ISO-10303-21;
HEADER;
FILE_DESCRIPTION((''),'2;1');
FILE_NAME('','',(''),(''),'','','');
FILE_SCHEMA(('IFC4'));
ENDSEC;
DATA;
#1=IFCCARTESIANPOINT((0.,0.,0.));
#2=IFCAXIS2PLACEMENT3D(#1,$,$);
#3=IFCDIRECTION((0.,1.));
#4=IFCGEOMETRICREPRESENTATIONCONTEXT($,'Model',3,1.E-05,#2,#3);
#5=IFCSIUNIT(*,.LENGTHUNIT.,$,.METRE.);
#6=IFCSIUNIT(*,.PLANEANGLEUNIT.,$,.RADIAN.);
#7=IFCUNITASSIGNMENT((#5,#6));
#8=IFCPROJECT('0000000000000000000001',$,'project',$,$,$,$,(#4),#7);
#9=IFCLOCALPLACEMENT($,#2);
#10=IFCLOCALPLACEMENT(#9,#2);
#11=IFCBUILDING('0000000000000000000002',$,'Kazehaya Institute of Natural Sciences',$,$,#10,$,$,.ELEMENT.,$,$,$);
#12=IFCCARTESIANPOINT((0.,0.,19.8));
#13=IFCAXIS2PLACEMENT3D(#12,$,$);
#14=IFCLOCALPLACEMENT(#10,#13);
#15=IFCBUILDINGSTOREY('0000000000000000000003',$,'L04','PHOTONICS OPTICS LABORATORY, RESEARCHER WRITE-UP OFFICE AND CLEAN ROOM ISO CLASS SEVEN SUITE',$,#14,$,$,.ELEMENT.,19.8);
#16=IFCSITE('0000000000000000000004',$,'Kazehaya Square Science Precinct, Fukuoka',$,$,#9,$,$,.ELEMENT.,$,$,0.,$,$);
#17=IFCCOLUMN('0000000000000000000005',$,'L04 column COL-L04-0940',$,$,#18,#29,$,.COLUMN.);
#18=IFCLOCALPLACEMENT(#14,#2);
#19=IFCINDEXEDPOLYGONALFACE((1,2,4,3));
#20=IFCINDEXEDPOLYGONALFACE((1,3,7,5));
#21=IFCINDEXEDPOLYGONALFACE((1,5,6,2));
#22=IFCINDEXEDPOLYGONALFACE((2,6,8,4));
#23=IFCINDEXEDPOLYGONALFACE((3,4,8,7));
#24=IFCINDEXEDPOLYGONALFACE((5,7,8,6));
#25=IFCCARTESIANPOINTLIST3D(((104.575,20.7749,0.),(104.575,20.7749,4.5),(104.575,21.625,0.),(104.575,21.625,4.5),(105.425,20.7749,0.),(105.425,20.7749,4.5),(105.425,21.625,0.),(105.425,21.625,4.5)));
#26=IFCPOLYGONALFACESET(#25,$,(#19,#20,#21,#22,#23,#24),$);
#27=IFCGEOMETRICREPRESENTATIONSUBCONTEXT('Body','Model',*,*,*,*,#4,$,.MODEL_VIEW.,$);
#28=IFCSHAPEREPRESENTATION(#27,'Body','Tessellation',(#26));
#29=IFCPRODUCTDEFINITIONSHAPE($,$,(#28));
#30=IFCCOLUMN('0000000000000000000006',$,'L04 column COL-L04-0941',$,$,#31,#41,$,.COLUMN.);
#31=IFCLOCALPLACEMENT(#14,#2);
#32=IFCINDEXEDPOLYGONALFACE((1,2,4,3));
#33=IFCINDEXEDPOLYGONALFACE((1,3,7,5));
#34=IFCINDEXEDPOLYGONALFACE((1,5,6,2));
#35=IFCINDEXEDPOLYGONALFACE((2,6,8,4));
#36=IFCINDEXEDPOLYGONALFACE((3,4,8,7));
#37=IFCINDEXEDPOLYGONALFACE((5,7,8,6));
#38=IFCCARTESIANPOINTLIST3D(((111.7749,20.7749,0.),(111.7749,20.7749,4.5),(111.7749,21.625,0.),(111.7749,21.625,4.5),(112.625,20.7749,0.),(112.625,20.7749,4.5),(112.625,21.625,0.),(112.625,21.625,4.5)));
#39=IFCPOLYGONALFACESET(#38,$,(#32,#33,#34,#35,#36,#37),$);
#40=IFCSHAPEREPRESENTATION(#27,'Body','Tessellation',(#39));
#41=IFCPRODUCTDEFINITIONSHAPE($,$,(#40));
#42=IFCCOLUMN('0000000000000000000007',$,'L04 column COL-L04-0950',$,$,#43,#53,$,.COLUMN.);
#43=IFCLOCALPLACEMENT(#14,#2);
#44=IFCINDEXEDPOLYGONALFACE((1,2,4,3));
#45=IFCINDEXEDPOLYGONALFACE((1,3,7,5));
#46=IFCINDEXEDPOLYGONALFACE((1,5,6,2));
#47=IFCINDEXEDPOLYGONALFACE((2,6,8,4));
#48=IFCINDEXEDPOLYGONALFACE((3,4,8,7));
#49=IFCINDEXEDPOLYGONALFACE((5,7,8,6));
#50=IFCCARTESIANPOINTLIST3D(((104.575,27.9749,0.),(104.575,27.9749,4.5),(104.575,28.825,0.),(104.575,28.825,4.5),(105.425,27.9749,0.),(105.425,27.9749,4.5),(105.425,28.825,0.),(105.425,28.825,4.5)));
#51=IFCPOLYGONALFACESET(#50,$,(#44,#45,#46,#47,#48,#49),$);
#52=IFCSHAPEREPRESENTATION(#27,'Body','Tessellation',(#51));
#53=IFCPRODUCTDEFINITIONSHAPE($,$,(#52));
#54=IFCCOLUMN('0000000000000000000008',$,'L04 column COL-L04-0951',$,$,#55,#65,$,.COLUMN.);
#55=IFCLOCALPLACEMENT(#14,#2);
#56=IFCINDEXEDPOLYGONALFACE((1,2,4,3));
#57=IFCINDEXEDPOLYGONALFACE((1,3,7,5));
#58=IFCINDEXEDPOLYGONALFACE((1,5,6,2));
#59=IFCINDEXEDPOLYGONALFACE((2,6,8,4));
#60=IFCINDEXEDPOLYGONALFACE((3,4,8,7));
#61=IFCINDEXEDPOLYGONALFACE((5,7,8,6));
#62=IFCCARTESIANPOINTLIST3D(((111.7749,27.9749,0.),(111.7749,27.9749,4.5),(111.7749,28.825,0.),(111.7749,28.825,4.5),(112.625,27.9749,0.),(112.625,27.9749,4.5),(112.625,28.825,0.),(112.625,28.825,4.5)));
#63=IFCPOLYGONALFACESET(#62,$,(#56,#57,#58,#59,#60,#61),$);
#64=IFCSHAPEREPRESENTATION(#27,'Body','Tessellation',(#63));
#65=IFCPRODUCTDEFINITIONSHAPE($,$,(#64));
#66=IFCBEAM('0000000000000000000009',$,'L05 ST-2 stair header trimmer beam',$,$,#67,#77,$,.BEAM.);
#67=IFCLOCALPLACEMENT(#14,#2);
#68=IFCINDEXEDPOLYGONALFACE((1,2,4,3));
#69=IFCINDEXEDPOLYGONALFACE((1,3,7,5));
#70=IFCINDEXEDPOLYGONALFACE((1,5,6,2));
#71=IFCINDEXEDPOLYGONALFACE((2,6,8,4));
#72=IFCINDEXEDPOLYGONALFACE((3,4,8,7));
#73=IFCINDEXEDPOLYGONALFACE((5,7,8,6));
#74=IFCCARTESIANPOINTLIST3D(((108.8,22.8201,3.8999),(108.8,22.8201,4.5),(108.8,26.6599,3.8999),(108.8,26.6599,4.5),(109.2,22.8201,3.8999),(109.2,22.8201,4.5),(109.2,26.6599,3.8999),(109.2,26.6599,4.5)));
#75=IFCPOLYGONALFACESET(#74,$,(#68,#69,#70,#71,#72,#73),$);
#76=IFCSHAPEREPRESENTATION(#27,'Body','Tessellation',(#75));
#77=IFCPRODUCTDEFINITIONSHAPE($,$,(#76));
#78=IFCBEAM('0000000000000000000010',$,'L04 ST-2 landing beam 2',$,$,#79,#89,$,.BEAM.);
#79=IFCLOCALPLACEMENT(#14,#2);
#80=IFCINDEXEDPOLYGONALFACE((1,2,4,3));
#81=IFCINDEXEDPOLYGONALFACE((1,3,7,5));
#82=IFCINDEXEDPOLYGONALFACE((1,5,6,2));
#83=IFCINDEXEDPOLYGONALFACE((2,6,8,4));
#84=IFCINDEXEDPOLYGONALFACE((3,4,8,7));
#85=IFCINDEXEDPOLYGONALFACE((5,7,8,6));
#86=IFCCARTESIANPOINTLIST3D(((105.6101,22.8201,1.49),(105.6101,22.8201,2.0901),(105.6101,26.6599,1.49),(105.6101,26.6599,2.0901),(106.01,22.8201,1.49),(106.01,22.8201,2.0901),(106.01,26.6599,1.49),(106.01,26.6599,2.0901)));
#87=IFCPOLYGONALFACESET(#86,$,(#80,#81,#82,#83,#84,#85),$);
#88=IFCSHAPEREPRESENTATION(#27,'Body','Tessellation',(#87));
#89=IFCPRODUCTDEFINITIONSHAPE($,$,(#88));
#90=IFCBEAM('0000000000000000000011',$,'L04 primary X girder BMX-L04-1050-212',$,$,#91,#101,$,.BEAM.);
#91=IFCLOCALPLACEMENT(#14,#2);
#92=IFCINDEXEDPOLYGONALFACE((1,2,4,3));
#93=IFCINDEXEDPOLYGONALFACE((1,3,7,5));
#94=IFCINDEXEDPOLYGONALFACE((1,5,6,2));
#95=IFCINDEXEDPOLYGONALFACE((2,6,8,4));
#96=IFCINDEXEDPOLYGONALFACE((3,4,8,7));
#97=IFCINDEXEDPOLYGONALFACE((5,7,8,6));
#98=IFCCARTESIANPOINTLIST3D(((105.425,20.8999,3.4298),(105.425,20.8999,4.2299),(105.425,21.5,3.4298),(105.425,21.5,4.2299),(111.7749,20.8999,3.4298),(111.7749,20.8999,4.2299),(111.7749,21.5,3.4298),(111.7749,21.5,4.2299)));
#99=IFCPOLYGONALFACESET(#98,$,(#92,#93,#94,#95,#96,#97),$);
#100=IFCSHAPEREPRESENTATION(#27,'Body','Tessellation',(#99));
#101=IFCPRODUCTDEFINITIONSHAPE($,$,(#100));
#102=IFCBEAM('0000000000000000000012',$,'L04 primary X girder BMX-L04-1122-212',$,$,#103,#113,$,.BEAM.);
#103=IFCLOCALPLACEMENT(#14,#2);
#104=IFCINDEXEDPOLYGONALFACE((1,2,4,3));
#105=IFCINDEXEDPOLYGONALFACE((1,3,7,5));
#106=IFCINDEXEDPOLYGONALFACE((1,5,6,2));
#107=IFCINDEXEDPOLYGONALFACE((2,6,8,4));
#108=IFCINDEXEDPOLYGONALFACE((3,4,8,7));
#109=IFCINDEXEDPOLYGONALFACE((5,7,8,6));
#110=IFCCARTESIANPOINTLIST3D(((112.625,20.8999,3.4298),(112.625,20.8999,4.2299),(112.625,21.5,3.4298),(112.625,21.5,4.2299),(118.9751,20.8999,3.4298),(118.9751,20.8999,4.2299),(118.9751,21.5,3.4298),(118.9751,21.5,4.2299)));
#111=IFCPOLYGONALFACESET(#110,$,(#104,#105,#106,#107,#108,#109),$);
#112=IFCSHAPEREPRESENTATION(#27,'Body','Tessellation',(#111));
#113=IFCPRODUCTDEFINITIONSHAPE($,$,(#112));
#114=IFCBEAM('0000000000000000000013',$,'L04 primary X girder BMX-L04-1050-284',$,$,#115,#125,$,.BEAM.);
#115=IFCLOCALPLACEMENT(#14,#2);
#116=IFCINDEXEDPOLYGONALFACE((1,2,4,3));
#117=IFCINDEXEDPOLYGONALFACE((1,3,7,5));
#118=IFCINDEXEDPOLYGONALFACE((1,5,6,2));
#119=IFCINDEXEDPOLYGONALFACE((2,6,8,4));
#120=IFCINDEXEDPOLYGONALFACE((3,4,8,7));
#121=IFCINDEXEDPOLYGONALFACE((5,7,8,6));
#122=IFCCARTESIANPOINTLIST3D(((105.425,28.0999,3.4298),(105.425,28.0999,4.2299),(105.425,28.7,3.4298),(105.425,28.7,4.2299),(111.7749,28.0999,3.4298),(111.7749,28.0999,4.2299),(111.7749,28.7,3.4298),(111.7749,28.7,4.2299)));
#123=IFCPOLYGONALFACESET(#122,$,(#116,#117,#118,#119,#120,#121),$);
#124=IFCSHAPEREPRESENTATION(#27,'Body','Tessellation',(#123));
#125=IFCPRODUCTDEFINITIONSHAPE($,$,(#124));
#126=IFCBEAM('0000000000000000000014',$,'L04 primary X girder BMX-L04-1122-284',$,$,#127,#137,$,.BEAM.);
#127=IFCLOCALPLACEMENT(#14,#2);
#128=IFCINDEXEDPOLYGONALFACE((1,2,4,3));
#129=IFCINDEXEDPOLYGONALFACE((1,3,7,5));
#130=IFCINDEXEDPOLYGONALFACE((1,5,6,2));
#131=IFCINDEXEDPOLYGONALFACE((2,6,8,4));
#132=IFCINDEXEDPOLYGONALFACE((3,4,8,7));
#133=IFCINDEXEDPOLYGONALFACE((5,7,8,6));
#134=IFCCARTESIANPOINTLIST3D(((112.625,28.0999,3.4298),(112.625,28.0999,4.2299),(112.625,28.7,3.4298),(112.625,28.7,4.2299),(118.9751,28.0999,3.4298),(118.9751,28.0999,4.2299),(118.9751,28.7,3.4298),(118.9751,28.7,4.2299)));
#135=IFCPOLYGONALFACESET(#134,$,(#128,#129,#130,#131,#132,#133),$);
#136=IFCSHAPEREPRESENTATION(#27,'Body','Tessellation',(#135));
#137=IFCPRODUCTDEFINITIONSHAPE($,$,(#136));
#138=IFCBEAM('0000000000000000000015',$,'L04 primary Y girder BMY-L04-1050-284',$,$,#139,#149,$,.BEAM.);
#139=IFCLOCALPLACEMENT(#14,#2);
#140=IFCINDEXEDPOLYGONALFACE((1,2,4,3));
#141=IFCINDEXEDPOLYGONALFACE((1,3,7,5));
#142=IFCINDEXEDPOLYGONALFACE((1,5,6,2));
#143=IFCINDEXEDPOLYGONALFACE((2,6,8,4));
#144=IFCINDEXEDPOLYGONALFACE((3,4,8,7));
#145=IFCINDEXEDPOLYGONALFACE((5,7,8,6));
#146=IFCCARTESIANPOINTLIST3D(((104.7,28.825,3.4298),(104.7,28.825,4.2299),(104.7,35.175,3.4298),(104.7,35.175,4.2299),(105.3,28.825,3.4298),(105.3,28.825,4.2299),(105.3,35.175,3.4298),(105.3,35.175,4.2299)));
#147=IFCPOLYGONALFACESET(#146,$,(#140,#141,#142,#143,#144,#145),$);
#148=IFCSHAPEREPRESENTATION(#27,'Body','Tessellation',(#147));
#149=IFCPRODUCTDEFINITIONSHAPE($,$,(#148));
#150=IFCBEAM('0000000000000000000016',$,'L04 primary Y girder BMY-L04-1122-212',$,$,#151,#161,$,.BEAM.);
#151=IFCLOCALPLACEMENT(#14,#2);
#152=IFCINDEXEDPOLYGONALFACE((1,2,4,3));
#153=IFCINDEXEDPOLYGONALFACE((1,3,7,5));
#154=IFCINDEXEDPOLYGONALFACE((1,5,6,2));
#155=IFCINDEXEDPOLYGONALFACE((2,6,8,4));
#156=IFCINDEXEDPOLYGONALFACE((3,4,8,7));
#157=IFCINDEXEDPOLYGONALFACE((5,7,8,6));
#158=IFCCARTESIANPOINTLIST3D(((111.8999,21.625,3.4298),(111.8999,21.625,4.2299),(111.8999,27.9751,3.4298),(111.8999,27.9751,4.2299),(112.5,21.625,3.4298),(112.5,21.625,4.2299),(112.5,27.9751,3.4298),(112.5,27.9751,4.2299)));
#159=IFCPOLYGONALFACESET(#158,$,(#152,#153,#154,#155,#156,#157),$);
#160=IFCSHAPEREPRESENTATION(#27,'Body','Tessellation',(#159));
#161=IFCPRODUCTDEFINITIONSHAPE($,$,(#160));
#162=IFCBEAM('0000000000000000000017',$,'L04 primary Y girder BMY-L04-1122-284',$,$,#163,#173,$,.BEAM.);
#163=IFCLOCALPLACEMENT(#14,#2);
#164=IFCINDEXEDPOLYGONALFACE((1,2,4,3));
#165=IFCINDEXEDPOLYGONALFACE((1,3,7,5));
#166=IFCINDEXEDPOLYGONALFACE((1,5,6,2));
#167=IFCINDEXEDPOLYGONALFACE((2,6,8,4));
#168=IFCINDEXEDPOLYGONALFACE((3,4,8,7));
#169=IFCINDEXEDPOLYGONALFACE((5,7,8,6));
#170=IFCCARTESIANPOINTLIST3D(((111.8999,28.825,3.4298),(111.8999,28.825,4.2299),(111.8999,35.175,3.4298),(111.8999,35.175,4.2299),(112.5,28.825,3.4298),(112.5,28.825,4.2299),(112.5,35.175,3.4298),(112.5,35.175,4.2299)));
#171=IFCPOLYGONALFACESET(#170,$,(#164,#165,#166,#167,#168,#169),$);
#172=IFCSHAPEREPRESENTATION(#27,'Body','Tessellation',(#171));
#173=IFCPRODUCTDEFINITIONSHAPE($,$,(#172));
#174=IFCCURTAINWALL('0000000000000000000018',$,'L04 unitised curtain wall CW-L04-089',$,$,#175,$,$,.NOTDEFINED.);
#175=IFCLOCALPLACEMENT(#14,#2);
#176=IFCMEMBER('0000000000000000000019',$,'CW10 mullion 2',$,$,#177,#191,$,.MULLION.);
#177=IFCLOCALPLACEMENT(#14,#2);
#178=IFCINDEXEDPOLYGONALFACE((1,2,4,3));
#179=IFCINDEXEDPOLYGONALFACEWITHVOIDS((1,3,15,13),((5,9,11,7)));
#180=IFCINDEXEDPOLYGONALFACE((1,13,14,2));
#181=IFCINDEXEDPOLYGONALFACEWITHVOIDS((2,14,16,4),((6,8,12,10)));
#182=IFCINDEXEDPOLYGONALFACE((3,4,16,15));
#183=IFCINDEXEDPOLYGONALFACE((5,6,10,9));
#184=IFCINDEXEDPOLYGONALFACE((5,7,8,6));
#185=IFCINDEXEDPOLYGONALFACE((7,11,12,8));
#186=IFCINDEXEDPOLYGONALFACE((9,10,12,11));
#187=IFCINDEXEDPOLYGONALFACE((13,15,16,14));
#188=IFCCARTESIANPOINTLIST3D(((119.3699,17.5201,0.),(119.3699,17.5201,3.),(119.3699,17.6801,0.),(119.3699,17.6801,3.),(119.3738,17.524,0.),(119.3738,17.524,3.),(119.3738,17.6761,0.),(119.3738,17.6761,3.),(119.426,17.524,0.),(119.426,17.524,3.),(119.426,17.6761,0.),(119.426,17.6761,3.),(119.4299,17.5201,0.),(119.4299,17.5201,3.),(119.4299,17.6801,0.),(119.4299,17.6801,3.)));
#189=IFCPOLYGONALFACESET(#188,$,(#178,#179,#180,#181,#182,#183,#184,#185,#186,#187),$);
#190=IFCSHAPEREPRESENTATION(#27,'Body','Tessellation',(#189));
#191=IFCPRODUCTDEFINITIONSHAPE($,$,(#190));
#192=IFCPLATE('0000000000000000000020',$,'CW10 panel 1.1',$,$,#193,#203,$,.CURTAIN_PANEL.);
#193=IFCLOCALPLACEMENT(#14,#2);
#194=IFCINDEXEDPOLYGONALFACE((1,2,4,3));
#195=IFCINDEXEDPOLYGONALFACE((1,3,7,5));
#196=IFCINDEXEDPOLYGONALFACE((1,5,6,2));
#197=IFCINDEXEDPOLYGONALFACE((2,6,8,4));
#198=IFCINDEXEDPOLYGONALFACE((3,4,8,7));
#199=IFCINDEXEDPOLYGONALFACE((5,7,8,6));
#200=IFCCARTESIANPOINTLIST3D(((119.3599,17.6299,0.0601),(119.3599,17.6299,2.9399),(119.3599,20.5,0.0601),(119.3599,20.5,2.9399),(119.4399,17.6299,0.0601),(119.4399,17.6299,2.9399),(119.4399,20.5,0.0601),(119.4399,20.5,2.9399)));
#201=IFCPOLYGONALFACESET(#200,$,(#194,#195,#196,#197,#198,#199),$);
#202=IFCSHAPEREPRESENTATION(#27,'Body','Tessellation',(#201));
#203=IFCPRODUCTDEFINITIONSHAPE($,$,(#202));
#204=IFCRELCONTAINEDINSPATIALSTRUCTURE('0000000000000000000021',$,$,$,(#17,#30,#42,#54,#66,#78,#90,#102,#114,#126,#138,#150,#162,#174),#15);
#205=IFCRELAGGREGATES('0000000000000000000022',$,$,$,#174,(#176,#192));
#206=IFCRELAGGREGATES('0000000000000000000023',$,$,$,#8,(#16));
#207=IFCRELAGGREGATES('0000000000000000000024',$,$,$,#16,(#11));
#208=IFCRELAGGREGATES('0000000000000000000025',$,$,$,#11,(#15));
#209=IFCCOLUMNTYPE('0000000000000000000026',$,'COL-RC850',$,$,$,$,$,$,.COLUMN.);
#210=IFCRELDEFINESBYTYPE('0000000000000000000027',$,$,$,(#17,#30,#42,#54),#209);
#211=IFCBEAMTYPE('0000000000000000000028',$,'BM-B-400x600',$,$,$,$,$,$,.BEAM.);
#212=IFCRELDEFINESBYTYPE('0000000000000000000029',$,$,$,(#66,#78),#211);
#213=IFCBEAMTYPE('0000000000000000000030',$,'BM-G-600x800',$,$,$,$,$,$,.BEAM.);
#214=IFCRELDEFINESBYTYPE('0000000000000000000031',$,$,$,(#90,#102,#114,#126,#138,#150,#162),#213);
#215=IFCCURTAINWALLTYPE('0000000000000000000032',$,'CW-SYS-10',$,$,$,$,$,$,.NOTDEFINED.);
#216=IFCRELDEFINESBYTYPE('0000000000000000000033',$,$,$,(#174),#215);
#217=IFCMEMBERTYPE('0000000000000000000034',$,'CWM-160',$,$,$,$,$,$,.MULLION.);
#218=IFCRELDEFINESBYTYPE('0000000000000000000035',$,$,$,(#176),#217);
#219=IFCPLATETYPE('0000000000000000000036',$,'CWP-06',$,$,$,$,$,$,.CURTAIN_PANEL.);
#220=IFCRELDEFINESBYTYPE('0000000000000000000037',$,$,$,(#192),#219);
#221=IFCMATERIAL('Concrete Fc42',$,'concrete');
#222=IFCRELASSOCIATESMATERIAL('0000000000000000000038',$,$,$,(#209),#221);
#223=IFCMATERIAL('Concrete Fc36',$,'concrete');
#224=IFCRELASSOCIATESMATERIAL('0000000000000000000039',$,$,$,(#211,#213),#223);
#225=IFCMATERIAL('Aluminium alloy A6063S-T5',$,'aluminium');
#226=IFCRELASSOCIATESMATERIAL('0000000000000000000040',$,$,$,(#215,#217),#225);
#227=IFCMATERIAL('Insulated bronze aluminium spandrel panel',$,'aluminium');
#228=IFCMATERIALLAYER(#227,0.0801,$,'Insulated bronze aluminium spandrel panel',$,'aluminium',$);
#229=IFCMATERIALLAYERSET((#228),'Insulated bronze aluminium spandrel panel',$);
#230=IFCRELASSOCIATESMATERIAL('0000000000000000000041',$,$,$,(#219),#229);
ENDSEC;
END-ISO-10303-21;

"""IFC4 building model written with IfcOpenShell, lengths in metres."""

from ifc_helpers import new_model, si_unit, direction, frame, origin, origin_2d, place, context, subcontext, project, spatial, rectangle, hollow_rectangle, extrude, material, layer, layer_set, material_profile, profile_set, type_object, element, aggregate, save


model = new_model("IFC4")

# Units and contexts
model_context = context("Model", 3, precision=1e-05, world=origin(), true_north=direction((0.0, 1.0)))
body_context = subcontext(model_context, "Body", "Model", "MODEL_VIEW")
ifc_project = project(units=[si_unit("LENGTHUNIT", "METRE"), si_unit("PLANEANGLEUNIT", "RADIAN")], contexts=[model_context])

# Site, building, storey
site_placement = place(None, origin())
site = spatial("IfcSite", under=ifc_project, at=site_placement, Name="Kazehaya Square Science Precinct, Fukuoka", CompositionType="ELEMENT", RefElevation=0.0)
building_placement = place(site_placement, origin())
building = spatial("IfcBuilding", under=site, at=building_placement, Name="Kazehaya Institute of Natural Sciences", CompositionType="ELEMENT")
storey_placement = place(building_placement, frame((0.0, 0.0, 19.8)))
storey = spatial("IfcBuildingStorey", under=building, at=storey_placement, Name="L04", Description="PHOTONICS OPTICS LABORATORY, RESEARCHER WRITE-UP OFFICE AND CLEAN ROOM ISO CLASS SEVEN SUITE", CompositionType="ELEMENT", Elevation=19.8)

# Columns
ifc_material_1 = material(Name="Concrete Fc42", Category="concrete")
ifc_material_profile_1 = material_profile(ifc_material_1, rectangle(XDim=0.8501, YDim=0.8501, at=origin_2d()), Name="RC-850x850")
ifc_profile_set_1 = profile_set([ifc_material_profile_1], Name="Concrete Fc42")
column_type = type_object("IfcColumnType", Name="COL-RC850", PredefinedType="COLUMN", material=ifc_profile_set_1)
for number, where, z_axis, x_axis, name in (
    (1, (105.0, 21.2, 0.0), (0.0, 0.0, 1.0), (1.0, 0.0, 0.0), "L04 column COL-L04-0940"),
    (2, (112.2, 21.2, 0.0), (0.0, 0.0, 1.0), (1.0, 0.0, 0.0), "L04 column COL-L04-0941"),
    (3, (105.0, 28.3999, 0.0), (0.0, 0.0, 1.0), (1.0, 0.0, 0.0), "L04 column COL-L04-0950"),
    (4, (112.2, 28.3999, 0.0), (0.0, 0.0, 1.0), (1.0, 0.0, 0.0), "L04 column COL-L04-0951"),
):
    element("IfcColumn", number, at=place(storey_placement, frame(where, z_axis=z_axis, x_axis=x_axis)), inside=storey, type_object=column_type, Name=name, PredefinedType="COLUMN", context=body_context, shape_type="SweptSolid", body=[
        extrude(rectangle(XDim=0.8501, YDim=0.8501, at=origin_2d()), origin(), (0.0, 0.0, 1.0), 4.5),
    ])

# Beams
ifc_material_2 = material(Name="Concrete Fc36", Category="concrete")
ifc_material_profile_2 = material_profile(ifc_material_2, rectangle(XDim=0.3999, YDim=0.6001, at=origin_2d()), Name="RC-400x600")
ifc_profile_set_2 = profile_set([ifc_material_profile_2], Name="Concrete Fc36")
beam_type_1 = type_object("IfcBeamType", Name="BM-B-400x600", PredefinedType="BEAM", material=ifc_profile_set_2)
for number, where, z_axis, x_axis, name in (
    (5, (109.0, 22.8201, 4.2), (0.0, 1.0, 0.0), (-1.0, 0.0, 0.0), "L05 ST-2 stair header trimmer beam"),
    (6, (105.8101, 22.8201, 1.79), (0.0, 1.0, 0.0), (-1.0, 0.0, 0.0), "L04 ST-2 landing beam 2"),
):
    element("IfcBeam", number, at=place(storey_placement, frame(where, z_axis=z_axis, x_axis=x_axis)), inside=storey, type_object=beam_type_1, Name=name, PredefinedType="BEAM", context=body_context, shape_type="SweptSolid", body=[
        extrude(rectangle(XDim=0.3999, YDim=0.6001, at=origin_2d()), origin(), (0.0, 0.0, 1.0), 3.8398),
    ])
ifc_material_profile_3 = material_profile(ifc_material_2, rectangle(XDim=0.6001, YDim=0.8, at=origin_2d()), Name="RC-600x800")
ifc_profile_set_3 = profile_set([ifc_material_profile_3], Name="Concrete Fc36")
beam_type_2 = type_object("IfcBeamType", Name="BM-G-600x800", PredefinedType="BEAM", material=ifc_profile_set_3)
beam_1_placement = place(storey_placement, frame((105.425, 21.2, 3.8298), z_axis=(1.0, 0.0, 0.0), x_axis=(0.0, 1.0, 0.0)))
element("IfcBeam", 7, at=beam_1_placement, inside=storey, type_object=beam_type_2, Name="L04 primary X girder BMX-L04-1050-212", PredefinedType="BEAM", context=body_context, shape_type="SweptSolid", body=[
    extrude(rectangle(XDim=0.6001, YDim=0.8, at=origin_2d()), origin(), (0.0, 0.0, 1.0), 6.3499),
])
beam_2_placement = place(storey_placement, frame((112.625, 21.2, 3.8298), z_axis=(1.0, 0.0, 0.0), x_axis=(0.0, 1.0, 0.0)))
element("IfcBeam", 8, at=beam_2_placement, inside=storey, type_object=beam_type_2, Name="L04 primary X girder BMX-L04-1122-212", PredefinedType="BEAM", context=body_context, shape_type="SweptSolid", body=[
    extrude(rectangle(XDim=0.6001, YDim=0.8, at=origin_2d()), origin(), (0.0, 0.0, 1.0), 6.3501),
])
beam_3_placement = place(storey_placement, frame((105.425, 28.3999, 3.8298), z_axis=(1.0, 0.0, 0.0), x_axis=(0.0, 1.0, 0.0)))
element("IfcBeam", 9, at=beam_3_placement, inside=storey, type_object=beam_type_2, Name="L04 primary X girder BMX-L04-1050-284", PredefinedType="BEAM", context=body_context, shape_type="SweptSolid", body=[
    extrude(rectangle(XDim=0.6001, YDim=0.8, at=origin_2d()), origin(), (0.0, 0.0, 1.0), 6.3499),
])
for number, where, z_axis, x_axis, name in (
    (10, (112.625, 28.3999, 3.8298), (1.0, 0.0, 0.0), (0.0, 1.0, 0.0), "L04 primary X girder BMX-L04-1122-284"),
    (11, (105.0, 28.825, 3.8298), (0.0, 1.0, 0.0), (-1.0, 0.0, 0.0), "L04 primary Y girder BMY-L04-1050-284"),
    (12, (112.2, 21.625, 3.8298), (0.0, 1.0, 0.0), (-1.0, 0.0, 0.0), "L04 primary Y girder BMY-L04-1122-212"),
    (13, (112.2, 28.825, 3.8298), (0.0, 1.0, 0.0), (-1.0, 0.0, 0.0), "L04 primary Y girder BMY-L04-1122-284"),
):
    element("IfcBeam", number, at=place(storey_placement, frame(where, z_axis=z_axis, x_axis=x_axis)), inside=storey, type_object=beam_type_2, Name=name, PredefinedType="BEAM", context=body_context, shape_type="SweptSolid", body=[
        extrude(rectangle(XDim=0.6001, YDim=0.8, at=origin_2d()), origin(), (0.0, 0.0, 1.0), 6.3501),
    ])

# Curtain wall, member, plate
ifc_material_3 = material(Name="Aluminium alloy A6063S-T5", Category="aluminium")
curtain_wall_type = type_object("IfcCurtainWallType", Name="CW-SYS-10", PredefinedType="NOTDEFINED", material=ifc_material_3)
curtain_wall_placement = place(storey_placement, origin())
curtain_wall = element("IfcCurtainWall", 14, at=curtain_wall_placement, inside=storey, type_object=curtain_wall_type, Name="L04 unitised curtain wall CW-L04-089", PredefinedType="NOTDEFINED")
ifc_material_profile_4 = material_profile(ifc_material_3, hollow_rectangle(XDim=0.0601, YDim=0.1599, WallThickness=0.0039, at=origin_2d()), Name="ALU-60x160x4")
ifc_profile_set_4 = profile_set([ifc_material_profile_4], Name="Aluminium alloy A6063S-T5")
member_type = type_object("IfcMemberType", Name="CWM-160", PredefinedType="MULLION", material=ifc_profile_set_4)
member_placement = place(storey_placement, frame((119.3999, 17.6001, 0.0), z_axis=(0.0, 0.0, 1.0), x_axis=(1.0, 0.0, 0.0)))
member = element("IfcMember", 15, at=member_placement, type_object=member_type, Name="CW10 mullion 2", PredefinedType="MULLION", context=body_context, shape_type="SweptSolid", body=[
    extrude(hollow_rectangle(XDim=0.0601, YDim=0.1599, WallThickness=0.0039, at=origin_2d()), origin(), (0.0, 0.0, 1.0), 3.0),
])
ifc_material_4 = material(Name="Insulated bronze aluminium spandrel panel", Category="aluminium")
ifc_layer_1 = layer(ifc_material_4, 0.0801, Name="Insulated bronze aluminium spandrel panel", Category="aluminium")
ifc_layer_set_1 = layer_set([ifc_layer_1], Name="Insulated bronze aluminium spandrel panel")
plate_type = type_object("IfcPlateType", Name="CWP-06", PredefinedType="CURTAIN_PANEL", material=ifc_layer_set_1)
plate_placement = place(storey_placement, frame((119.3999, 19.0649, 0.0601), z_axis=(0.0, 0.0, 1.0), x_axis=(0.0, -1.0, 0.0)))
plate = element("IfcPlate", 16, at=plate_placement, type_object=plate_type, Name="CW10 panel 1.1", PredefinedType="CURTAIN_PANEL", context=body_context, shape_type="SweptSolid", body=[
    extrude(rectangle(XDim=2.8701, YDim=0.0801, at=origin_2d()), origin(), (0.0, 0.0, 1.0), 2.8799),
])
aggregate(curtain_wall, [member, plate])

save(model, "model.ifc")
